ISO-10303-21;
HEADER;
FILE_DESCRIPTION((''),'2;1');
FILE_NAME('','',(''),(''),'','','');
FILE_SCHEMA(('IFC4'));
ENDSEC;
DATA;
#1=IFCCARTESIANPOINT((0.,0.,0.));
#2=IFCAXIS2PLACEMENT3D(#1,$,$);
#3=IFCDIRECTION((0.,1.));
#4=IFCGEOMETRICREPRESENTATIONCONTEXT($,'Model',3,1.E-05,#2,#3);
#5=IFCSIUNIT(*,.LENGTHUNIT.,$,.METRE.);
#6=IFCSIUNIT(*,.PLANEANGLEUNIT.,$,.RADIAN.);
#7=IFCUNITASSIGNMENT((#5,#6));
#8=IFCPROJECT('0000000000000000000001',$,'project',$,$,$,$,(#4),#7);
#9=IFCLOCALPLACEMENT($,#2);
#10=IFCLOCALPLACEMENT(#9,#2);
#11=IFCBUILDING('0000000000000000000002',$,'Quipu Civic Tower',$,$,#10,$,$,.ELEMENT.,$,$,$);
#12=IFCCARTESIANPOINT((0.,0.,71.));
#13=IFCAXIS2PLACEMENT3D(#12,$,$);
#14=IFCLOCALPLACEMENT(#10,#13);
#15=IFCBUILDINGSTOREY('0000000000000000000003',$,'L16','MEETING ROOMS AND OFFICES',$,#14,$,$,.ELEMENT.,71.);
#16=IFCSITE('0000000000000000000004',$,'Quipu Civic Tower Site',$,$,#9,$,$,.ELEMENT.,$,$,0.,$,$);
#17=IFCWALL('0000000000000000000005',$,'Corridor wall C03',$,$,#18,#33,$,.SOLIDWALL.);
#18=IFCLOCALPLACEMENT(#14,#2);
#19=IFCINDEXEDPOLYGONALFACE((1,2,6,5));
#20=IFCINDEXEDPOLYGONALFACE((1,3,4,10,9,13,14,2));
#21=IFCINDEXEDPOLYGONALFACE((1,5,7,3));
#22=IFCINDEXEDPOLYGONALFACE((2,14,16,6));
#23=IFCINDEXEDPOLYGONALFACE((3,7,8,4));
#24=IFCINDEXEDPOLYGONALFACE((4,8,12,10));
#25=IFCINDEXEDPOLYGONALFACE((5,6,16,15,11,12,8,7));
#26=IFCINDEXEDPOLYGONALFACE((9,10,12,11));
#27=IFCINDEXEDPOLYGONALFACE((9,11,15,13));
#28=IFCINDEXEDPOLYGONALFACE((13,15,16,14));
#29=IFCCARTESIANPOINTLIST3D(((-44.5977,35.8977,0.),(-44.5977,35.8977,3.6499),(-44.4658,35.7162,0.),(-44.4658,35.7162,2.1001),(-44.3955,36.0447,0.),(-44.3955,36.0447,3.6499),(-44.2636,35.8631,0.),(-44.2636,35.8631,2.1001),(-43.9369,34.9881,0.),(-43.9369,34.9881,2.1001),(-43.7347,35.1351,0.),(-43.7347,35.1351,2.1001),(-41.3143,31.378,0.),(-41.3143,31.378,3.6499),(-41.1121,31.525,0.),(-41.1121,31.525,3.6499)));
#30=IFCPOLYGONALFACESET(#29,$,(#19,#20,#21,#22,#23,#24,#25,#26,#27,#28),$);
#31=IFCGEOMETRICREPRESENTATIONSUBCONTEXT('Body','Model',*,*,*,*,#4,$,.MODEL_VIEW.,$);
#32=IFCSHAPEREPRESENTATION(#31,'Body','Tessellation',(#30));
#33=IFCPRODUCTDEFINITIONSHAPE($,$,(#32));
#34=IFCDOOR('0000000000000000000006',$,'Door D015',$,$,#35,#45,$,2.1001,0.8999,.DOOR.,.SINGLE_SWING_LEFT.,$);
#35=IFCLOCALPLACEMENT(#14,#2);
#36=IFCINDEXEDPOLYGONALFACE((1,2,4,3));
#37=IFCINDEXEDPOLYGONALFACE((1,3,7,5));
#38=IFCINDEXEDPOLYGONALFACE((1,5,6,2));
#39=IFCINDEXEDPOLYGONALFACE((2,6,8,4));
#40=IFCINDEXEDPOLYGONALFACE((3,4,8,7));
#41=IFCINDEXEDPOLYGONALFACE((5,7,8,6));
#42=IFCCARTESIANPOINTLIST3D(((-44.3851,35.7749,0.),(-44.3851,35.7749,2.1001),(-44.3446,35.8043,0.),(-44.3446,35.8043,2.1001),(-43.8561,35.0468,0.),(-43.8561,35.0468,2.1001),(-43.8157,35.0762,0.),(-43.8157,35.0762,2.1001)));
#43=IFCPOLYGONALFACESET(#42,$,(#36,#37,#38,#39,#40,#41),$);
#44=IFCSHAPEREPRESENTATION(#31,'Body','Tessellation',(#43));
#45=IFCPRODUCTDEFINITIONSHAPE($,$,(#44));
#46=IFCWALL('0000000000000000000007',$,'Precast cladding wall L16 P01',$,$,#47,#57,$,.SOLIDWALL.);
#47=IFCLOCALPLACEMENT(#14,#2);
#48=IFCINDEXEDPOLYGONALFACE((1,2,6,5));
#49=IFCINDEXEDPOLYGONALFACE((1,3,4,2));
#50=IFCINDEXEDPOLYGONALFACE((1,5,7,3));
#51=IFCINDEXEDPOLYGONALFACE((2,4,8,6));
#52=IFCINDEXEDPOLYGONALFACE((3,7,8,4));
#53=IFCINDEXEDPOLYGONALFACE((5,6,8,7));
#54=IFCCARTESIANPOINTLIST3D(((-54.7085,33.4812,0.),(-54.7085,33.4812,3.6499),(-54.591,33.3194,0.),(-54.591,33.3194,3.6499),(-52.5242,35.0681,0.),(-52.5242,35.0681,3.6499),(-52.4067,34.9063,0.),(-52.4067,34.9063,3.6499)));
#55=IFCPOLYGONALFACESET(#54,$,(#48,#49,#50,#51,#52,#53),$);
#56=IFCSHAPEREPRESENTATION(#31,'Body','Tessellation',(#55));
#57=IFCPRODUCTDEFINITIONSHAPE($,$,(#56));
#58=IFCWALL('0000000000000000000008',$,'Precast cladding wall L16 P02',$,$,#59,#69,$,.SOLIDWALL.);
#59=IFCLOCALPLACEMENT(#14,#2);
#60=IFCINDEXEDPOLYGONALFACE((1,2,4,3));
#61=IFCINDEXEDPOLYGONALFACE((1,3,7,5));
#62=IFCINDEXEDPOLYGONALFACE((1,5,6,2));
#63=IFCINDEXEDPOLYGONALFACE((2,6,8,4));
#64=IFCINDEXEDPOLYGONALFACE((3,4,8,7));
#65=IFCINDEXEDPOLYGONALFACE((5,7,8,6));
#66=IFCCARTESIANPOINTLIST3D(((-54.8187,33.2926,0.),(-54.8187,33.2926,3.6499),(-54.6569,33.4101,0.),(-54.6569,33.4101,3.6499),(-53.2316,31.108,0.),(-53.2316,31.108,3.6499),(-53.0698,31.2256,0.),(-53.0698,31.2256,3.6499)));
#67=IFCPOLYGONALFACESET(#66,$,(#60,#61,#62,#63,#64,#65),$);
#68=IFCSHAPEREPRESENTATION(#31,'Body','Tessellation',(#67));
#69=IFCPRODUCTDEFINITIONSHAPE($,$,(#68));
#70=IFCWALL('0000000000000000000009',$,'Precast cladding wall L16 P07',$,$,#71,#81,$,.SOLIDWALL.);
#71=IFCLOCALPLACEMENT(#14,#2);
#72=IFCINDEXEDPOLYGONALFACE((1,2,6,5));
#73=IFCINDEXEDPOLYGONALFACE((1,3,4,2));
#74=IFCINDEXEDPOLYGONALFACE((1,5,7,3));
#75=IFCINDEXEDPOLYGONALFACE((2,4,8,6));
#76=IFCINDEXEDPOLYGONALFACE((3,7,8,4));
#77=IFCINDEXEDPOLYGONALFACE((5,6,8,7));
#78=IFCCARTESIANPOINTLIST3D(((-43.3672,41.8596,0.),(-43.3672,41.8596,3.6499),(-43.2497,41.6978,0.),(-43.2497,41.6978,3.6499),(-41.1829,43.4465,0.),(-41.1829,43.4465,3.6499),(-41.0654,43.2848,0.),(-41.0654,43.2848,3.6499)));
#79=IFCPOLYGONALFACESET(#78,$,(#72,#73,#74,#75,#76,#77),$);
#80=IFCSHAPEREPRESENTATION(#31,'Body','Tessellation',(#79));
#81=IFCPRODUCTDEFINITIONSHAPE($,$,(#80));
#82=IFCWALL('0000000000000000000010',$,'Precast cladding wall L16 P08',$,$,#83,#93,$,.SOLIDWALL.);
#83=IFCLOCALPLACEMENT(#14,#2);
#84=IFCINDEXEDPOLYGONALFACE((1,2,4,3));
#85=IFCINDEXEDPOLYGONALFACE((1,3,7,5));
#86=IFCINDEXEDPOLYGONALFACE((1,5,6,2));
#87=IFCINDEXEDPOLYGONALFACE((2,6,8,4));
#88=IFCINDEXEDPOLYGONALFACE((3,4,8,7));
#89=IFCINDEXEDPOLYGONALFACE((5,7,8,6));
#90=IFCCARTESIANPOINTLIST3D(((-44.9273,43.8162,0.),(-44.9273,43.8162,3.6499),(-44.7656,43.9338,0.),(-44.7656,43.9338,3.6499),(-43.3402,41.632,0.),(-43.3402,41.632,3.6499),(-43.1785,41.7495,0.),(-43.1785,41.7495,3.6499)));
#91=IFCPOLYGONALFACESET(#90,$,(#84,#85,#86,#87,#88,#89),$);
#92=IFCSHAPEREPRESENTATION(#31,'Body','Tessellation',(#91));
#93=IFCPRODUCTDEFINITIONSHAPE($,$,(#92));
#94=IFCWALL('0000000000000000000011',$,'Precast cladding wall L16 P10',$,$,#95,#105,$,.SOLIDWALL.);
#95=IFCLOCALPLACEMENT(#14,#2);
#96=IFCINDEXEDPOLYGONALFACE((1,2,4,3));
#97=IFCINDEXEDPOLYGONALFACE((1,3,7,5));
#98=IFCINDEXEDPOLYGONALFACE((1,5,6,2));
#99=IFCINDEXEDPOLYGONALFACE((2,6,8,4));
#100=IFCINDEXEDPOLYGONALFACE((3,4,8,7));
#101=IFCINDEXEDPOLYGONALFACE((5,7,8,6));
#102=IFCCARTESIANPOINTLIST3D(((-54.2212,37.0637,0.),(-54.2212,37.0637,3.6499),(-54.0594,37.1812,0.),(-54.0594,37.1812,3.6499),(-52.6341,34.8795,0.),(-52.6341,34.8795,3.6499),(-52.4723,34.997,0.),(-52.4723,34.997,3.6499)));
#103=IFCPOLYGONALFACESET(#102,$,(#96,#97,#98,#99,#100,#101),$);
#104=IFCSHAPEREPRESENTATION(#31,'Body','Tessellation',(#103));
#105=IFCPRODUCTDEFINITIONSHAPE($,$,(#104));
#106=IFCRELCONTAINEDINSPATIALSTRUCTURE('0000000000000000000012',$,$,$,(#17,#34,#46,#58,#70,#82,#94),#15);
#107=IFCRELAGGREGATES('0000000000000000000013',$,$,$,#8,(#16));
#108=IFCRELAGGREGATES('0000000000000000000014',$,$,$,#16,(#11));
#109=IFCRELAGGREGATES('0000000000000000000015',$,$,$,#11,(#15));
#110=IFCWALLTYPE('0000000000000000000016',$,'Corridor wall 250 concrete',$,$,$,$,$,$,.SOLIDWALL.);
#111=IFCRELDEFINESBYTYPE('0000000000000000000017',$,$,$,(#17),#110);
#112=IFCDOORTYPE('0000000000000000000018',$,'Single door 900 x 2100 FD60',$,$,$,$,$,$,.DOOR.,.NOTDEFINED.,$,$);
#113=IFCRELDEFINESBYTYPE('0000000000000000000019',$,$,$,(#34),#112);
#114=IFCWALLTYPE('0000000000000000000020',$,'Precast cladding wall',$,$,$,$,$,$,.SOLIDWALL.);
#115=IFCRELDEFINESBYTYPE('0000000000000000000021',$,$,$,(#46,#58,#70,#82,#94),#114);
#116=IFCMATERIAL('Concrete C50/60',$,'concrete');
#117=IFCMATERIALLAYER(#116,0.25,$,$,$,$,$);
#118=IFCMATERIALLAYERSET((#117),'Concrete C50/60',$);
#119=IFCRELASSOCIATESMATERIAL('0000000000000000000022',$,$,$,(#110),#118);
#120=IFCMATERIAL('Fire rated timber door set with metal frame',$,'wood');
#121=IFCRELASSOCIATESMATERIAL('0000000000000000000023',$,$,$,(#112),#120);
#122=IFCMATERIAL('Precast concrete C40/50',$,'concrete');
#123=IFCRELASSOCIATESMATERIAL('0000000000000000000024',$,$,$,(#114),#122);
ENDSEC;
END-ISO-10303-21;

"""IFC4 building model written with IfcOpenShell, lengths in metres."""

from ifc_helpers import new_model, si_unit, direction, frame, frame_2d, origin, place, context, subcontext, project, spatial, rectangle, extrude, material, layer, layer_set, type_object, element, fill, save


model = new_model("IFC4")

# Units and contexts
model_context = context("Model", 3, precision=1e-05, world=origin(), true_north=direction((0.0, 1.0)))
body_context = subcontext(model_context, "Body", "Model", "MODEL_VIEW")
ifc_project = project(units=[si_unit("LENGTHUNIT", "METRE"), si_unit("PLANEANGLEUNIT", "RADIAN")], contexts=[model_context])

# Site, building, storey
site_placement = place(None, origin())
site = spatial("IfcSite", under=ifc_project, at=site_placement, Name="Quipu Civic Tower Site", CompositionType="ELEMENT", RefElevation=0.0)
building_placement = place(site_placement, origin())
building = spatial("IfcBuilding", under=site, at=building_placement, Name="Quipu Civic Tower", CompositionType="ELEMENT")
storey_placement = place(building_placement, frame((0.0, 0.0, 71.0)))
storey = spatial("IfcBuildingStorey", under=building, at=storey_placement, Name="L16", Description="MEETING ROOMS AND OFFICES", CompositionType="ELEMENT", Elevation=71.0)

# Wall, opening, door
ifc_material_1 = material(Name="Concrete C50/60", Category="concrete")
ifc_layer_1 = layer(ifc_material_1, 0.25)
ifc_layer_set_1 = layer_set([ifc_layer_1], Name="Concrete C50/60")
wall_type_1 = type_object("IfcWallType", Name="Corridor wall 250 concrete", PredefinedType="SOLIDWALL", material=ifc_layer_set_1)
wall_1_placement = place(storey_placement, frame((-44.4966, 35.9712, 0.0), z_axis=(0.0, 0.0, 1.0), x_axis=(0.587743, -0.809048, 0.0)))
wall_1 = element("IfcWall", 1, at=wall_1_placement, inside=storey, type_object=wall_type_1, Name="Corridor wall C03", PredefinedType="SOLIDWALL", context=body_context, shape_type="SweptSolid", body=[
    extrude(rectangle(XDim=5.5864, YDim=0.25, at=frame_2d((2.7932, 0.0))), origin(), (0.0, 0.0, 1.0), 3.6499),
])
opening_1_placement = place(wall_1_placement, frame((0.2244, 0.0, 0.0)))
opening_1 = element("IfcOpeningElement", 2, at=opening_1_placement, cuts=wall_1, PredefinedType="OPENING", context=body_context, shape_type="SweptSolid", body=[
    extrude(rectangle(XDim=0.8999, YDim=2.1001, at=frame_2d((0.45, 1.05))), frame((0.0, 0.135, 0.0), z_axis=(0.0, -1.0, 0.0), x_axis=(1.0, 0.0, 0.0)), (0.0, 0.0, 1.0), 0.27),
])
ifc_material_2 = material(Name="Fire rated timber door set with metal frame", Category="wood")
door_type_1 = type_object("IfcDoorType", Name="Single door 900 x 2100 FD60", OperationType="NOTDEFINED", PredefinedType="DOOR", material=ifc_material_2)
door_1_placement = place(opening_1_placement, origin())
door_1 = element("IfcDoor", 3, at=door_1_placement, inside=storey, type_object=door_type_1, Name="Door D015", OperationType="SINGLE_SWING_LEFT", OverallHeight=2.1001, OverallWidth=0.8999, PredefinedType="DOOR", context=body_context, shape_type="SweptSolid", body=[
    extrude(rectangle(XDim=0.8999, YDim=2.1001, at=frame_2d((0.45, 1.05))), frame((0.0, 0.0249, 0.0), z_axis=(0.0, -1.0, 0.0), x_axis=(1.0, 0.0, 0.0)), (0.0, 0.0, 1.0), 0.05),
])
fill(opening_1, door_1)

# Walls
ifc_material_3 = material(Name="Precast concrete C40/50", Category="concrete")
wall_type_2 = type_object("IfcWallType", Name="Precast cladding wall", PredefinedType="SOLIDWALL", material=ifc_material_3)
wall_2_placement = place(storey_placement, frame((-52.4653, 34.9873, 0.0), z_axis=(0.0, 0.0, 1.0), x_axis=(-0.809033, -0.587763, 0.0)))
element("IfcWall", 4, at=wall_2_placement, inside=storey, type_object=wall_type_2, Name="Precast cladding wall L16 P01", PredefinedType="SOLIDWALL", context=body_context, shape_type="SweptSolid", body=[
    extrude(rectangle(XDim=2.7, YDim=0.2, at=frame_2d((1.3501, 0.0))), origin(), (0.0, 0.0, 1.0), 3.6499),
])
wall_3_placement = place(storey_placement, frame((-54.7378, 33.3513, 0.0), z_axis=(0.0, 0.0, 1.0), x_axis=(0.587779, -0.809021, 0.0)))
element("IfcWall", 5, at=wall_3_placement, inside=storey, type_object=wall_type_2, Name="Precast cladding wall L16 P02", PredefinedType="SOLIDWALL", context=body_context, shape_type="SweptSolid", body=[
    extrude(rectangle(XDim=2.7002, YDim=0.2, at=frame_2d((1.3501, 0.0))), origin(), (0.0, 0.0, 1.0), 3.6499),
])
for number, where, z_axis, x_axis, name in (
    (6, (-41.124, 43.3657, 0.0), (0.0, 0.0, 1.0), (-0.809033, -0.587763, 0.0), "Precast cladding wall L16 P07"),
    (7, (-43.2593, 41.6907, 0.0), (0.0, 0.0, 1.0), (-0.587822, 0.80899, 0.0), "Precast cladding wall L16 P08"),
    (8, (-54.1404, 37.1226, 0.0), (0.0, 0.0, 1.0), (0.587822, -0.80899, 0.0), "Precast cladding wall L16 P10"),
):
    element("IfcWall", number, at=place(storey_placement, frame(where, z_axis=z_axis, x_axis=x_axis)), inside=storey, type_object=wall_type_2, Name=name, PredefinedType="SOLIDWALL", context=body_context, shape_type="SweptSolid", body=[
        extrude(rectangle(XDim=2.7, YDim=0.2, at=frame_2d((1.3501, 0.0))), origin(), (0.0, 0.0, 1.0), 3.6499),
    ])

save(model, "model.ifc")
